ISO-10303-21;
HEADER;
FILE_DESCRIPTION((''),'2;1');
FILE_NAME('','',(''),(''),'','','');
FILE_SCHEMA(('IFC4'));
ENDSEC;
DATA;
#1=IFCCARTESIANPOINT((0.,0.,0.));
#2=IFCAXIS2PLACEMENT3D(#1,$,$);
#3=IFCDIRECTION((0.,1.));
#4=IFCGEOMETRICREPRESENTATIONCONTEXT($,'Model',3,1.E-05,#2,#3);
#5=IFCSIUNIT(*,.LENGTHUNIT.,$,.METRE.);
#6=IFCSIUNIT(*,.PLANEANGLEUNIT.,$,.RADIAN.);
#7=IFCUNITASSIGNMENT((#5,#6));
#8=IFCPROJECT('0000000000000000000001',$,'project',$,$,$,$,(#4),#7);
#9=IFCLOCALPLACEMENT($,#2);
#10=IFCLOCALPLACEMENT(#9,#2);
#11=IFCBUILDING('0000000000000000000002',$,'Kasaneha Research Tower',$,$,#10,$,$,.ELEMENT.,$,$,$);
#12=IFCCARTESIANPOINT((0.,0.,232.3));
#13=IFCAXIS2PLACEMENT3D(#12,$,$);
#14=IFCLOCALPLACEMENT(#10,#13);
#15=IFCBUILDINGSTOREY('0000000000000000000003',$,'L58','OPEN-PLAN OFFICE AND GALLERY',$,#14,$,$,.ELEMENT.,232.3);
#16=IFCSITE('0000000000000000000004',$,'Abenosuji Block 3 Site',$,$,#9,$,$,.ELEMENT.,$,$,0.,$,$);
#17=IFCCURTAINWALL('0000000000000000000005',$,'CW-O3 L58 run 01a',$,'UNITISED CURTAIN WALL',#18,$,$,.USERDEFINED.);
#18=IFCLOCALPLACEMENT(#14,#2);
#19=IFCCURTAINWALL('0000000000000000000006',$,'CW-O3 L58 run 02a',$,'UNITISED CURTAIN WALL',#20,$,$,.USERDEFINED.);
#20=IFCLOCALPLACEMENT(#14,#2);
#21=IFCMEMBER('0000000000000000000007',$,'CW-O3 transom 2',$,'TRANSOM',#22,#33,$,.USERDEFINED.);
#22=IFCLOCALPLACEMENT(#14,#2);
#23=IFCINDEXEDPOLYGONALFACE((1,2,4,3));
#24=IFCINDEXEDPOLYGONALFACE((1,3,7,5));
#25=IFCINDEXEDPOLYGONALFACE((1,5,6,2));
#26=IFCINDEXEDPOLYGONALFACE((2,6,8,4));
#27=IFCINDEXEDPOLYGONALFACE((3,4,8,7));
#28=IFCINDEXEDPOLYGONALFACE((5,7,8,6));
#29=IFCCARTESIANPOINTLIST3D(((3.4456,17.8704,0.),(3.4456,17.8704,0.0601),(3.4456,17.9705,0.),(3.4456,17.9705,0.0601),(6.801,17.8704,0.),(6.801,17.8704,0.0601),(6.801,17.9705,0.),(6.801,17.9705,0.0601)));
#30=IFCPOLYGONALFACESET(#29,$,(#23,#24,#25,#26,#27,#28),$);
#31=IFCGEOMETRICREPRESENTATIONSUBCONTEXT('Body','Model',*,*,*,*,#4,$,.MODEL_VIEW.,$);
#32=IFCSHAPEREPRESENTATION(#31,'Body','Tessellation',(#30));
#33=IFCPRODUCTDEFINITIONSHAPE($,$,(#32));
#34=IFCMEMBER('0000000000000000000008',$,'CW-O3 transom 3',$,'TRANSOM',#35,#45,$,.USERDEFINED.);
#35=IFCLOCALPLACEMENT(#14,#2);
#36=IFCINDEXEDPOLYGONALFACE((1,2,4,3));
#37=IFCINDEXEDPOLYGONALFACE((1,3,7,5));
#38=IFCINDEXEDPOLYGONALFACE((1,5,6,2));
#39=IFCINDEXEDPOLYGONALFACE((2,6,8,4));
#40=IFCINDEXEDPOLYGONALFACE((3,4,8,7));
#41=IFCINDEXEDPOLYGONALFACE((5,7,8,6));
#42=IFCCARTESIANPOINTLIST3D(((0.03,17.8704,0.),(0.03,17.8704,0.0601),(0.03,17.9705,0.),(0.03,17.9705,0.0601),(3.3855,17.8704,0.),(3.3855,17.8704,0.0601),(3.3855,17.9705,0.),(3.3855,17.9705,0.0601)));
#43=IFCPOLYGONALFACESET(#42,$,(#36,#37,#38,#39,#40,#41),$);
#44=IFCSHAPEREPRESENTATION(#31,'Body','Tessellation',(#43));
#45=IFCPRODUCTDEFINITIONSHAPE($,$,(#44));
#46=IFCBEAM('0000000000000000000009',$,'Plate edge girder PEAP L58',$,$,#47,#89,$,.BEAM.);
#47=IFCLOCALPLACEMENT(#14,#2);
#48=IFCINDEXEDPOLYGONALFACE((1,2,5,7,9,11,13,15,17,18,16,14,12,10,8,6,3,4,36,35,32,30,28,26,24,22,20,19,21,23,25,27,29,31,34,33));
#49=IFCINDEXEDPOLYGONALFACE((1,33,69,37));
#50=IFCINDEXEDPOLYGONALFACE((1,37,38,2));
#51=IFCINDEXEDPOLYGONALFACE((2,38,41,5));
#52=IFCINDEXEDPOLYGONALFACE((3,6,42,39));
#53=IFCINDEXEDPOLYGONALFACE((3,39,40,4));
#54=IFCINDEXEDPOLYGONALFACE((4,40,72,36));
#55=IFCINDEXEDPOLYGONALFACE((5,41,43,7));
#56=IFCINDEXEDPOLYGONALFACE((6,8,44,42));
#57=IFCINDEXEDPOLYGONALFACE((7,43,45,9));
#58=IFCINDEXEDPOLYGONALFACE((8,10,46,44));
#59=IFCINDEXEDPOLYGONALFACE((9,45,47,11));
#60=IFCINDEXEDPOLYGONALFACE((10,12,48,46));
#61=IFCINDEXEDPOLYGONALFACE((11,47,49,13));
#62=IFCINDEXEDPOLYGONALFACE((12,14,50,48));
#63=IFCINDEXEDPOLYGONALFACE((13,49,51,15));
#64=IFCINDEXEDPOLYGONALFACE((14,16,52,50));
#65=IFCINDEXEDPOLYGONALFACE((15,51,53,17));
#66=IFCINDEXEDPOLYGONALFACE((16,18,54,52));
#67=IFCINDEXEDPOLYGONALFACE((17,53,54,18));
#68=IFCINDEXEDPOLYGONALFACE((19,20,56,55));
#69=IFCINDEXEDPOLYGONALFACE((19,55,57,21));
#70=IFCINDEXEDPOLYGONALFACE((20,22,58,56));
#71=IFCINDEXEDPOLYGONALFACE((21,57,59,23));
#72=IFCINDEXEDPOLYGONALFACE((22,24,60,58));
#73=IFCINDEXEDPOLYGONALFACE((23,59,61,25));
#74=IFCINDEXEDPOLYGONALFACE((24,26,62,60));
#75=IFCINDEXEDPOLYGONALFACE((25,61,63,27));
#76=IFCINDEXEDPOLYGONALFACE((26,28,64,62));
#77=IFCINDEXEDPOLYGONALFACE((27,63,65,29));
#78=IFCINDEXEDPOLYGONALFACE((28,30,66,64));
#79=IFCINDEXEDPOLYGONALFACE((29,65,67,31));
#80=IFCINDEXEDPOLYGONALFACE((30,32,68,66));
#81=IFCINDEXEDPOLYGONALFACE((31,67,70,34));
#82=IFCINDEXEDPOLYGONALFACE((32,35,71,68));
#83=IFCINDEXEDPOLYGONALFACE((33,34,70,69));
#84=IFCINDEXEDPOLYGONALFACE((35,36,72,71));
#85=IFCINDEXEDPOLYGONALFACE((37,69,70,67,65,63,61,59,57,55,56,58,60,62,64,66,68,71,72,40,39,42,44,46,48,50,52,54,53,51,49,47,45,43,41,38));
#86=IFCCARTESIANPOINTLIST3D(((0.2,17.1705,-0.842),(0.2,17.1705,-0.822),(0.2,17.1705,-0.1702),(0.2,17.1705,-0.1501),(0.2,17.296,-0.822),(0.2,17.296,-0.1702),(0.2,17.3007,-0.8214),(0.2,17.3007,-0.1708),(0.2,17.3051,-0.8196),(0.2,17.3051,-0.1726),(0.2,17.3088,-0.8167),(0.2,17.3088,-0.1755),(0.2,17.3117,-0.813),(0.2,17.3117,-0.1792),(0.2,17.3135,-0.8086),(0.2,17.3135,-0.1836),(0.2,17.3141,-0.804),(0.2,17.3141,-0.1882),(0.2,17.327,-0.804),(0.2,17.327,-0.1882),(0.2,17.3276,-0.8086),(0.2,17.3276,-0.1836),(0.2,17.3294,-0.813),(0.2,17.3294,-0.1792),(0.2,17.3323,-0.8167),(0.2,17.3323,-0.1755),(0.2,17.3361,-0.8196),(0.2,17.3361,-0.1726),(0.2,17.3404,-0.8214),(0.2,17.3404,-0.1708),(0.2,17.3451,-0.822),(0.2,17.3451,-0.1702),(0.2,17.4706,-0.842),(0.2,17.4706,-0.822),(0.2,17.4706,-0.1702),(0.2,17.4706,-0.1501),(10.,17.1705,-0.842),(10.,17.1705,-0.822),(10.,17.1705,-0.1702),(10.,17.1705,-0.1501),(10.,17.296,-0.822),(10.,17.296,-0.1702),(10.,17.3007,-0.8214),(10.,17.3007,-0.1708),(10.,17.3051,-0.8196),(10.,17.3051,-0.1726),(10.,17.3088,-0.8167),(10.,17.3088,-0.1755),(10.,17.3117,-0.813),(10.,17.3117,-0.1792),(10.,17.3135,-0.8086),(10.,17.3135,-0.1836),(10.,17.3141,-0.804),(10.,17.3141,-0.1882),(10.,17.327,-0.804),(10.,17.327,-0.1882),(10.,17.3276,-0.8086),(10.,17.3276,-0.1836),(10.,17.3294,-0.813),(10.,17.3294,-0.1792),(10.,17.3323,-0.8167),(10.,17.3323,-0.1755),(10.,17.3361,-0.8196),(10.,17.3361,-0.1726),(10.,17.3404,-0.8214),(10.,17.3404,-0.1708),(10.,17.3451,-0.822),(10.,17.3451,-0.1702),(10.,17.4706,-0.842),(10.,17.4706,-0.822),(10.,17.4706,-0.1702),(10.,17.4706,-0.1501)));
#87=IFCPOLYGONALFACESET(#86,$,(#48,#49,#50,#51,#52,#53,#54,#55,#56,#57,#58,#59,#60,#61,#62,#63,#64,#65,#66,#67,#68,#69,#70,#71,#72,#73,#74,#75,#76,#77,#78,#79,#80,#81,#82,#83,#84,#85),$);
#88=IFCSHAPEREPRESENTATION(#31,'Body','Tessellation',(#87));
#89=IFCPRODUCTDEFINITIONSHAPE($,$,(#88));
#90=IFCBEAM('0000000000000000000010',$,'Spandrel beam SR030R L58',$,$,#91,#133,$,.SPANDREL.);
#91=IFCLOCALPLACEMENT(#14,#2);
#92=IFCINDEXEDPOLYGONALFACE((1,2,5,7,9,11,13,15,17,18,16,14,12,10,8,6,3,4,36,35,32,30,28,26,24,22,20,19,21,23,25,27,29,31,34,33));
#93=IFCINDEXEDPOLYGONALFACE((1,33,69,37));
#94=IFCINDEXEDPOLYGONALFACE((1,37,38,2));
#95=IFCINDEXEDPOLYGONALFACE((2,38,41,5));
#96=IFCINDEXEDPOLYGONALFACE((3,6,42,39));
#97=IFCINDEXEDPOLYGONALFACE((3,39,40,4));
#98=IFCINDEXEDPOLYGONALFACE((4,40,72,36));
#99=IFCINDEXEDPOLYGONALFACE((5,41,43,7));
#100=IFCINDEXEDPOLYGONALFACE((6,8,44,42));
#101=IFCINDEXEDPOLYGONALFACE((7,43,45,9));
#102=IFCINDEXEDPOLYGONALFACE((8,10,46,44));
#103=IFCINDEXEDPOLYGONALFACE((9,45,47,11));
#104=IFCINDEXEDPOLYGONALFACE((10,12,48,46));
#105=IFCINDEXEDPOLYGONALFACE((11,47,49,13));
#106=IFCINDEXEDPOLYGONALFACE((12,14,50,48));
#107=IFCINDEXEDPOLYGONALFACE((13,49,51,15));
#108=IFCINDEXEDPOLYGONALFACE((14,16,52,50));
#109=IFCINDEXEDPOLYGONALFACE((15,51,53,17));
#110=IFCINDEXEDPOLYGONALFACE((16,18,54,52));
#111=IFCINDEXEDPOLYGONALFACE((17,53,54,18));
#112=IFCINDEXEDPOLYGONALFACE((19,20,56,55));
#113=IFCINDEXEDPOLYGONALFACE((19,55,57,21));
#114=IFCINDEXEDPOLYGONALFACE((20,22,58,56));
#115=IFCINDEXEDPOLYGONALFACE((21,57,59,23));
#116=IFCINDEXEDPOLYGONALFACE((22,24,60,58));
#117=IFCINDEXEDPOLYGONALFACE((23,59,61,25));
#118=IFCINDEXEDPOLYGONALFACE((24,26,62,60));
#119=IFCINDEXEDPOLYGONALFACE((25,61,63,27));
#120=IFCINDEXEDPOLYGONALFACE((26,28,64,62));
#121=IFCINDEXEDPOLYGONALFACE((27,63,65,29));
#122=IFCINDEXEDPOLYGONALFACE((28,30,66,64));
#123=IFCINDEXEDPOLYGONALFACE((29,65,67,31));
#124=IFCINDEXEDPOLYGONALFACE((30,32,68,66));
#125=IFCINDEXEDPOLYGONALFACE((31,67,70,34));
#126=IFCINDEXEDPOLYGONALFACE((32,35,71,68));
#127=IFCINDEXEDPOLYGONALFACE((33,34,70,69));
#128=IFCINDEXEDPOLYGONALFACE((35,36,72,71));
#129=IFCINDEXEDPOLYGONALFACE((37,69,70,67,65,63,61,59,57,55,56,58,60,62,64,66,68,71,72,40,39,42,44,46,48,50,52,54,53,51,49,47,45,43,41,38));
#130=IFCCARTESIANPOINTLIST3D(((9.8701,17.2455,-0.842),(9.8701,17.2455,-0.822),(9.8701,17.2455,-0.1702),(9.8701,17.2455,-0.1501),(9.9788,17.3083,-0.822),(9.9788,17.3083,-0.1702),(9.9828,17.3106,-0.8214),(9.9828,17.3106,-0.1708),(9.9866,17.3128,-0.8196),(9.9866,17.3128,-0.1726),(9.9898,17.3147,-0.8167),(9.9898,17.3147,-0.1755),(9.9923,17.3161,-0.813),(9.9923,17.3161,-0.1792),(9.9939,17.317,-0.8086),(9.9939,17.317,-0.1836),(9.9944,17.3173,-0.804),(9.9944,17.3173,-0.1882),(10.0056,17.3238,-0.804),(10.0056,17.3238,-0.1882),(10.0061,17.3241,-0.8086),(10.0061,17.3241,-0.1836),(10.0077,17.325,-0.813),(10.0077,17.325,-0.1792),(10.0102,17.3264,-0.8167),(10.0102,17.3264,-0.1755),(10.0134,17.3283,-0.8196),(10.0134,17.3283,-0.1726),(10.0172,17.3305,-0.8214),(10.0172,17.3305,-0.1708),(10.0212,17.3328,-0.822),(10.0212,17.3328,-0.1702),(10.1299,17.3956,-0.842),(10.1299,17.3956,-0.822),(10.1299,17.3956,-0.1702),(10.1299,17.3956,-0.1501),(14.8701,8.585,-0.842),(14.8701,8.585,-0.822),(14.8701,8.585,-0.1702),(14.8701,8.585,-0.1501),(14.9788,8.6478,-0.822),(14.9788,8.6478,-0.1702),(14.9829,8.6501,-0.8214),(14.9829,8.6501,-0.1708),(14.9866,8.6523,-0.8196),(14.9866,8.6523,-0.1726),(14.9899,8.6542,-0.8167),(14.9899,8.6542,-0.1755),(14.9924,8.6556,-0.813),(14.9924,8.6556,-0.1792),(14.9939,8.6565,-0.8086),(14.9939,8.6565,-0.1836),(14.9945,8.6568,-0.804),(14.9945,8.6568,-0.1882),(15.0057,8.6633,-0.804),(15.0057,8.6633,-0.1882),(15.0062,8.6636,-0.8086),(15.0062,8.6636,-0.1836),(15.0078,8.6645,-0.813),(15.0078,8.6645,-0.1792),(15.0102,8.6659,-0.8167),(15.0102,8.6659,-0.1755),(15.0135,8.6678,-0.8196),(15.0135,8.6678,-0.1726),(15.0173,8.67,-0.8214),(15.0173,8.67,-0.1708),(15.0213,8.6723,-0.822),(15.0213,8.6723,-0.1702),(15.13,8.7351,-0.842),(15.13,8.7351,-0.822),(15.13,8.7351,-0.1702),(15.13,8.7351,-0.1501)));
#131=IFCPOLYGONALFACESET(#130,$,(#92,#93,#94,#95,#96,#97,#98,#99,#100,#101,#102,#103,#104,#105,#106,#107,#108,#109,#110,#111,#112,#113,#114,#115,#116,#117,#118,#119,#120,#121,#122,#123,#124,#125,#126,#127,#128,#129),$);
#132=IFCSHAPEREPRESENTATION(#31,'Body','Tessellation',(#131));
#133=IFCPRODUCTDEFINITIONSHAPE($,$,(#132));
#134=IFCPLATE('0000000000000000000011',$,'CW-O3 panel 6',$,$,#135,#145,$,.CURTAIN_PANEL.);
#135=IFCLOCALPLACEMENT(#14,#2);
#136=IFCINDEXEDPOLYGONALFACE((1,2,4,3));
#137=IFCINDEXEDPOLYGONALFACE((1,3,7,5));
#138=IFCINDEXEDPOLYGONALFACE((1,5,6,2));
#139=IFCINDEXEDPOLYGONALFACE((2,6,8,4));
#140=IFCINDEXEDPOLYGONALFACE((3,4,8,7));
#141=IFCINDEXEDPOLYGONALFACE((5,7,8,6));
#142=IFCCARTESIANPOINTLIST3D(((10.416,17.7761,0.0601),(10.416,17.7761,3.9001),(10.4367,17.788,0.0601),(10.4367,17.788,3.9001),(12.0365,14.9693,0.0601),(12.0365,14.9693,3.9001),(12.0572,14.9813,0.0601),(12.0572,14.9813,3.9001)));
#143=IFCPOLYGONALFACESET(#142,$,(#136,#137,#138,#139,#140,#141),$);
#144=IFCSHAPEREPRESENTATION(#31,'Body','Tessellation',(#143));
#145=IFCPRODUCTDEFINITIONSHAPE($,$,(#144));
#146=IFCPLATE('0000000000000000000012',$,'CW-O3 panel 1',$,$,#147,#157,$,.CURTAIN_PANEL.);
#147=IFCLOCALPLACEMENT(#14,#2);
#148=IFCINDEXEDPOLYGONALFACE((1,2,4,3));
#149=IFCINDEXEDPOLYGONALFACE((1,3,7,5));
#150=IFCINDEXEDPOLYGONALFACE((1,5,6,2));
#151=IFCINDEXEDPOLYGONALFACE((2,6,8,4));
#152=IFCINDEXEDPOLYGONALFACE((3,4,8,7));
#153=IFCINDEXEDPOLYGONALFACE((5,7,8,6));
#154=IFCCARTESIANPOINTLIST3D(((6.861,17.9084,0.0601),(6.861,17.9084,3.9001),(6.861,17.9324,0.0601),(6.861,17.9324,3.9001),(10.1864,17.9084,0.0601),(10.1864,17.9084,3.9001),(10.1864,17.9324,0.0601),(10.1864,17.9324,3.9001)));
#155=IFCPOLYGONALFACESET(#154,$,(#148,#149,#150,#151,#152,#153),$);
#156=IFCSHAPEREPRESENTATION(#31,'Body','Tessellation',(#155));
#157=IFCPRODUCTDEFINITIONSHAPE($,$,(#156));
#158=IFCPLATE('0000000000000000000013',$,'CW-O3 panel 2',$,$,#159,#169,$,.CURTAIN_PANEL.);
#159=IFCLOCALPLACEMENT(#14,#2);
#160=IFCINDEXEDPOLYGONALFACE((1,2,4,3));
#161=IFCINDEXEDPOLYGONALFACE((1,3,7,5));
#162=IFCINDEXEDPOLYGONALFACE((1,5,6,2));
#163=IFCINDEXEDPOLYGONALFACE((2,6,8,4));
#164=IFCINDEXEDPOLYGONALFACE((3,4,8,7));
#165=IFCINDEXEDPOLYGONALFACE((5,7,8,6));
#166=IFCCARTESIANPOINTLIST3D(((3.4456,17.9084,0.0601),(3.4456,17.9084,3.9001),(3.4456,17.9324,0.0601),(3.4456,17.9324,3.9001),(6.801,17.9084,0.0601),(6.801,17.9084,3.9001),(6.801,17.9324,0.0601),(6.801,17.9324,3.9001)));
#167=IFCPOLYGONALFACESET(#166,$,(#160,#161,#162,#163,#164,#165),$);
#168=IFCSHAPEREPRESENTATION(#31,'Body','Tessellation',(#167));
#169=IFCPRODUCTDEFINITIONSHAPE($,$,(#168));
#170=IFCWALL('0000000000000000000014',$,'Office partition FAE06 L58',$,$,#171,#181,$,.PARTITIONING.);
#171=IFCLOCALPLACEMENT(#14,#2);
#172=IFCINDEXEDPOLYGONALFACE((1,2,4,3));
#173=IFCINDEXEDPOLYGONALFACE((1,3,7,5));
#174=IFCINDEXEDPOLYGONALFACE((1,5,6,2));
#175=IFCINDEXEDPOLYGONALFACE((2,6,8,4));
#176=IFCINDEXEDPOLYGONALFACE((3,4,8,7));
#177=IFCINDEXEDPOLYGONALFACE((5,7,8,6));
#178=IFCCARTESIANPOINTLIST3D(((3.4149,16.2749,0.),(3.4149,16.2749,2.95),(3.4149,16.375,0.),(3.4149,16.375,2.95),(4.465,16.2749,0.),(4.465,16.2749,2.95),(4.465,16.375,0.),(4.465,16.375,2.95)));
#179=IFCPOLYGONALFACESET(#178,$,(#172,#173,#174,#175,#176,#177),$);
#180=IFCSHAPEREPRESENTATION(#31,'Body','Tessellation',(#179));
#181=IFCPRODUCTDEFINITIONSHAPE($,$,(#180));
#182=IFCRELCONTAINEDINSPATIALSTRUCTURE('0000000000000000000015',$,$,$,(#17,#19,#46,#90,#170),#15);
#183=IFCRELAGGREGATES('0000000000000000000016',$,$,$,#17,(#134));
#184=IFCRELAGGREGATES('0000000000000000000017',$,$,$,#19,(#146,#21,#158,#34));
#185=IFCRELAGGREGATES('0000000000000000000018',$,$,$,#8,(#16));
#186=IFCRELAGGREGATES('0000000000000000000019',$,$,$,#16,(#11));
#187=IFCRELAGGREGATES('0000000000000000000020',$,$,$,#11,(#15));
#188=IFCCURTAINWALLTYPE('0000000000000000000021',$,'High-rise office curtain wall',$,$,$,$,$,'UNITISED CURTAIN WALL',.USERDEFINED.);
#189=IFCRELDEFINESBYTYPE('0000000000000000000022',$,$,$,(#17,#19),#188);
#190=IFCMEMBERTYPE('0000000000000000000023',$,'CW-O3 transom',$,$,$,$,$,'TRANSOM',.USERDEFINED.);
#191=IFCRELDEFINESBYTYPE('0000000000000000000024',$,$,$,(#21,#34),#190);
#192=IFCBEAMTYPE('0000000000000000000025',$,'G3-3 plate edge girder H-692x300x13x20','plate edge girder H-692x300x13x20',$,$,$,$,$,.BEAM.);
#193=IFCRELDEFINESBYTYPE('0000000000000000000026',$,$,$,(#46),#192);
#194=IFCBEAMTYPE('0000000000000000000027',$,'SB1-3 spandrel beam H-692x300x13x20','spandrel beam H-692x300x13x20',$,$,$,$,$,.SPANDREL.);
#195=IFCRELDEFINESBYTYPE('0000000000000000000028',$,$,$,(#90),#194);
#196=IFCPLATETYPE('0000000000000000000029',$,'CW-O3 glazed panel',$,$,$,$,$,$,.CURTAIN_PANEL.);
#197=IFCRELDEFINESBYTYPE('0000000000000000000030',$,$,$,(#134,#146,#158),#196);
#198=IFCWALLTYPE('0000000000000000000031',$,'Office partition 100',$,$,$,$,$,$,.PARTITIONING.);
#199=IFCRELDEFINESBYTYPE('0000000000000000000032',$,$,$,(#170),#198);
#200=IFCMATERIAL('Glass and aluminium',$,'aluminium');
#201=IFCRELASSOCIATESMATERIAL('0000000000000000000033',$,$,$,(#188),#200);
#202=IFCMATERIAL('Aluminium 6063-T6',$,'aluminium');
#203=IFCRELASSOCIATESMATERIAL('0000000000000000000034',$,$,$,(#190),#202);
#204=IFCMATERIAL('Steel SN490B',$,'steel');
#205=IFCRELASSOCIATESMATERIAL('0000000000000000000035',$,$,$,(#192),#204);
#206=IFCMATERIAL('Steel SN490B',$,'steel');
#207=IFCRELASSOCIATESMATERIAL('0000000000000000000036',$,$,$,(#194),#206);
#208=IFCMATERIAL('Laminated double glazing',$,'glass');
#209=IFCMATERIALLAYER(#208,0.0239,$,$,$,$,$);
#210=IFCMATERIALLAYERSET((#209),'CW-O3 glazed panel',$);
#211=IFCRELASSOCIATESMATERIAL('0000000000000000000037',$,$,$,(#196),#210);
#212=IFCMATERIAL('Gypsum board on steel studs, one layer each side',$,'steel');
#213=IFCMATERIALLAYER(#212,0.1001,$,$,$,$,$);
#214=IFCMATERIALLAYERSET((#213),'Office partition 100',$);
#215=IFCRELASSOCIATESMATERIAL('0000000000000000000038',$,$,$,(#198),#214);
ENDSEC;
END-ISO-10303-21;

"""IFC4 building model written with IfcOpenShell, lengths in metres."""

from ifc_helpers import new_model, si_unit, direction, frame, frame_2d, origin, origin_2d, place, context, subcontext, project, spatial, rectangle, i_section, extrude, material, layer, layer_set, material_profile, profile_set, type_object, element, aggregate, save


model = new_model("IFC4")

# Units and contexts
model_context = context("Model", 3, precision=1e-05, world=origin(), true_north=direction((0.0, 1.0)))
body_context = subcontext(model_context, "Body", "Model", "MODEL_VIEW")
ifc_project = project(units=[si_unit("LENGTHUNIT", "METRE"), si_unit("PLANEANGLEUNIT", "RADIAN")], contexts=[model_context])

# Site, building, storey
site_placement = place(None, origin())
site = spatial("IfcSite", under=ifc_project, at=site_placement, Name="Abenosuji Block 3 Site", CompositionType="ELEMENT", RefElevation=0.0)
building_placement = place(site_placement, origin())
building = spatial("IfcBuilding", under=site, at=building_placement, Name="Kasaneha Research Tower", CompositionType="ELEMENT")
storey_placement = place(building_placement, frame((0.0, 0.0, 232.3)))
storey = spatial("IfcBuildingStorey", under=building, at=storey_placement, Name="L58", Description="OPEN-PLAN OFFICE AND GALLERY", CompositionType="ELEMENT", Elevation=232.3)

# Curtain wall
ifc_material_1 = material(Name="Glass and aluminium", Category="aluminium")
curtain_wall_type = type_object("IfcCurtainWallType", Name="High-rise office curtain wall", ElementType="UNITISED CURTAIN WALL", PredefinedType="USERDEFINED", material=ifc_material_1)
curtain_wall_1_placement = place(storey_placement, origin())
curtain_wall_1 = element("IfcCurtainWall", 1, at=curtain_wall_1_placement, inside=storey, type_object=curtain_wall_type, Name="CW-O3 L58 run 01a", ObjectType="UNITISED CURTAIN WALL", PredefinedType="USERDEFINED")

# Curtain wall, members
curtain_wall_2_placement = place(storey_placement, origin())
curtain_wall_2 = element("IfcCurtainWall", 2, at=curtain_wall_2_placement, inside=storey, type_object=curtain_wall_type, Name="CW-O3 L58 run 02a", ObjectType="UNITISED CURTAIN WALL", PredefinedType="USERDEFINED")
ifc_material_2 = material(Name="Aluminium 6063-T6", Category="aluminium")
ifc_material_profile_1 = material_profile(ifc_material_2, rectangle(XDim=0.1001, YDim=0.0601, at=origin_2d()), Name="CW-O3 transom 100x60")
ifc_profile_set_1 = profile_set([ifc_material_profile_1], Name="Aluminium 6063-T6")
member_type_1 = type_object("IfcMemberType", Name="CW-O3 transom", ElementType="TRANSOM", PredefinedType="USERDEFINED", material=ifc_profile_set_1)
member_1_placement = place(storey_placement, frame((6.801, 17.9204, 0.03), z_axis=(-1.0, 0.0, 0.0), x_axis=(0.0, -1.0, 0.0)))
member_1 = element("IfcMember", 3, at=member_1_placement, type_object=member_type_1, Name="CW-O3 transom 2", ObjectType="TRANSOM", PredefinedType="USERDEFINED", context=body_context, shape_type="SweptSolid", body=[
    extrude(rectangle(XDim=0.1001, YDim=0.0601, at=origin_2d()), origin(), (0.0, 0.0, 1.0), 3.3555),
])
member_2_placement = place(storey_placement, frame((3.3855, 17.9204, 0.03), z_axis=(-1.0, 0.0, 0.0), x_axis=(0.0, -1.0, 0.0)))
member_2 = element("IfcMember", 4, at=member_2_placement, type_object=member_type_1, Name="CW-O3 transom 3", ObjectType="TRANSOM", PredefinedType="USERDEFINED", context=body_context, shape_type="SweptSolid", body=[
    extrude(rectangle(XDim=0.1001, YDim=0.0601, at=origin_2d()), origin(), (0.0, 0.0, 1.0), 3.3555),
])

# Beams
ifc_material_3 = material(Name="Steel SN490B", Category="steel")
ifc_material_profile_2 = material_profile(ifc_material_3, i_section(OverallWidth=0.3, OverallDepth=0.6919, WebThickness=0.0129, FlangeThickness=0.02, FilletRadius=0.0181, at=origin_2d()), Name="H-692x300x13x20")
ifc_profile_set_2 = profile_set([ifc_material_profile_2], Name="Steel SN490B")
beam_type_1 = type_object("IfcBeamType", Name="G3-3 plate edge girder H-692x300x13x20", Description="plate edge girder H-692x300x13x20", PredefinedType="BEAM", material=ifc_profile_set_2)
beam_1_placement = place(storey_placement, frame((10.0, 17.3206, -0.4961), z_axis=(-1.0, 0.0, 0.0), x_axis=(0.0, -1.0, 0.0)))
element("IfcBeam", 5, at=beam_1_placement, inside=storey, type_object=beam_type_1, Name="Plate edge girder PEAP L58", PredefinedType="BEAM", context=body_context, shape_type="SweptSolid", body=[
    extrude(i_section(OverallWidth=0.3, OverallDepth=0.6919, WebThickness=0.0129, FlangeThickness=0.02, FilletRadius=0.0181, at=origin_2d()), origin(), (0.0, 0.0, 1.0), 9.8),
])
ifc_material_4 = material(Name="Steel SN490B", Category="steel")
ifc_material_profile_3 = material_profile(ifc_material_4, i_section(OverallWidth=0.3, OverallDepth=0.6919, WebThickness=0.0129, FlangeThickness=0.02, FilletRadius=0.0181, at=origin_2d()), Name="H-692x300x13x20")
ifc_profile_set_3 = profile_set([ifc_material_profile_3], Name="Steel SN490B")
beam_type_2 = type_object("IfcBeamType", Name="SB1-3 spandrel beam H-692x300x13x20", Description="spandrel beam H-692x300x13x20", PredefinedType="SPANDREL", material=ifc_profile_set_3)
beam_2_placement = place(storey_placement, frame((10.0, 17.3206, -0.4961), z_axis=(0.499994, -0.866029, 0.0), x_axis=(0.866029, 0.499994, 0.0)))
element("IfcBeam", 6, at=beam_2_placement, inside=storey, type_object=beam_type_2, Name="Spandrel beam SR030R L58", PredefinedType="SPANDREL", context=body_context, shape_type="SweptSolid", body=[
    extrude(i_section(OverallWidth=0.3, OverallDepth=0.6919, WebThickness=0.0129, FlangeThickness=0.02, FilletRadius=0.0181, at=origin_2d()), origin(), (0.0, 0.0, 1.0), 10.0002),
])

# Plates
ifc_material_5 = material(Name="Laminated double glazing", Category="glass")
ifc_layer_1 = layer(ifc_material_5, 0.0239)
ifc_layer_set_1 = layer_set([ifc_layer_1], Name="CW-O3 glazed panel")
plate_type = type_object("IfcPlateType", Name="CW-O3 glazed panel", PredefinedType="CURTAIN_PANEL", material=ifc_layer_set_1)
plate_1_placement = place(storey_placement, frame((11.2366, 16.3787, 0.0601), z_axis=(0.0, 0.0, 1.0), x_axis=(-0.5, 0.866025, 0.0)))
plate_1 = element("IfcPlate", 7, at=plate_1_placement, type_object=plate_type, Name="CW-O3 panel 6", PredefinedType="CURTAIN_PANEL", context=body_context, shape_type="SweptSolid", body=[
    extrude(rectangle(XDim=3.241, YDim=0.0239, at=origin_2d()), origin(), (0.0, 0.0, 1.0), 3.8401),
])
aggregate(curtain_wall_1, [plate_1])
plate_2_placement = place(storey_placement, frame((8.5237, 17.9204, 0.0601), z_axis=(0.0, 0.0, 1.0), x_axis=(-1.0, 0.0, 0.0)))
plate_2 = element("IfcPlate", 8, at=plate_2_placement, type_object=plate_type, Name="CW-O3 panel 1", PredefinedType="CURTAIN_PANEL", context=body_context, shape_type="SweptSolid", body=[
    extrude(rectangle(XDim=3.3254, YDim=0.0239, at=origin_2d()), origin(), (0.0, 0.0, 1.0), 3.8401),
])
plate_3_placement = place(storey_placement, frame((5.1233, 17.9204, 0.0601), z_axis=(0.0, 0.0, 1.0), x_axis=(-1.0, 0.0, 0.0)))
plate_3 = element("IfcPlate", 9, at=plate_3_placement, type_object=plate_type, Name="CW-O3 panel 2", PredefinedType="CURTAIN_PANEL", context=body_context, shape_type="SweptSolid", body=[
    extrude(rectangle(XDim=3.3555, YDim=0.0239, at=origin_2d()), origin(), (0.0, 0.0, 1.0), 3.8401),
])
aggregate(curtain_wall_2, [plate_2, member_1, plate_3, member_2])

# Wall
ifc_material_6 = material(Name="Gypsum board on steel studs, one layer each side", Category="steel")
ifc_layer_2 = layer(ifc_material_6, 0.1001)
ifc_layer_set_2 = layer_set([ifc_layer_2], Name="Office partition 100")
wall_type_1 = type_object("IfcWallType", Name="Office partition 100", PredefinedType="PARTITIONING", material=ifc_layer_set_2)
wall_1_placement = place(storey_placement, frame((3.415, 16.325, 0.0), z_axis=(0.0, 0.0, 1.0), x_axis=(1.0, 0.0, 0.0)))
element("IfcWall", 10, at=wall_1_placement, inside=storey, type_object=wall_type_1, Name="Office partition FAE06 L58", PredefinedType="PARTITIONING", context=body_context, shape_type="SweptSolid", body=[
    extrude(rectangle(XDim=1.05, YDim=0.1001, at=frame_2d((0.5249, 0.0))), origin(), (0.0, 0.0, 1.0), 2.95),
])

save(model, "model.ifc")
